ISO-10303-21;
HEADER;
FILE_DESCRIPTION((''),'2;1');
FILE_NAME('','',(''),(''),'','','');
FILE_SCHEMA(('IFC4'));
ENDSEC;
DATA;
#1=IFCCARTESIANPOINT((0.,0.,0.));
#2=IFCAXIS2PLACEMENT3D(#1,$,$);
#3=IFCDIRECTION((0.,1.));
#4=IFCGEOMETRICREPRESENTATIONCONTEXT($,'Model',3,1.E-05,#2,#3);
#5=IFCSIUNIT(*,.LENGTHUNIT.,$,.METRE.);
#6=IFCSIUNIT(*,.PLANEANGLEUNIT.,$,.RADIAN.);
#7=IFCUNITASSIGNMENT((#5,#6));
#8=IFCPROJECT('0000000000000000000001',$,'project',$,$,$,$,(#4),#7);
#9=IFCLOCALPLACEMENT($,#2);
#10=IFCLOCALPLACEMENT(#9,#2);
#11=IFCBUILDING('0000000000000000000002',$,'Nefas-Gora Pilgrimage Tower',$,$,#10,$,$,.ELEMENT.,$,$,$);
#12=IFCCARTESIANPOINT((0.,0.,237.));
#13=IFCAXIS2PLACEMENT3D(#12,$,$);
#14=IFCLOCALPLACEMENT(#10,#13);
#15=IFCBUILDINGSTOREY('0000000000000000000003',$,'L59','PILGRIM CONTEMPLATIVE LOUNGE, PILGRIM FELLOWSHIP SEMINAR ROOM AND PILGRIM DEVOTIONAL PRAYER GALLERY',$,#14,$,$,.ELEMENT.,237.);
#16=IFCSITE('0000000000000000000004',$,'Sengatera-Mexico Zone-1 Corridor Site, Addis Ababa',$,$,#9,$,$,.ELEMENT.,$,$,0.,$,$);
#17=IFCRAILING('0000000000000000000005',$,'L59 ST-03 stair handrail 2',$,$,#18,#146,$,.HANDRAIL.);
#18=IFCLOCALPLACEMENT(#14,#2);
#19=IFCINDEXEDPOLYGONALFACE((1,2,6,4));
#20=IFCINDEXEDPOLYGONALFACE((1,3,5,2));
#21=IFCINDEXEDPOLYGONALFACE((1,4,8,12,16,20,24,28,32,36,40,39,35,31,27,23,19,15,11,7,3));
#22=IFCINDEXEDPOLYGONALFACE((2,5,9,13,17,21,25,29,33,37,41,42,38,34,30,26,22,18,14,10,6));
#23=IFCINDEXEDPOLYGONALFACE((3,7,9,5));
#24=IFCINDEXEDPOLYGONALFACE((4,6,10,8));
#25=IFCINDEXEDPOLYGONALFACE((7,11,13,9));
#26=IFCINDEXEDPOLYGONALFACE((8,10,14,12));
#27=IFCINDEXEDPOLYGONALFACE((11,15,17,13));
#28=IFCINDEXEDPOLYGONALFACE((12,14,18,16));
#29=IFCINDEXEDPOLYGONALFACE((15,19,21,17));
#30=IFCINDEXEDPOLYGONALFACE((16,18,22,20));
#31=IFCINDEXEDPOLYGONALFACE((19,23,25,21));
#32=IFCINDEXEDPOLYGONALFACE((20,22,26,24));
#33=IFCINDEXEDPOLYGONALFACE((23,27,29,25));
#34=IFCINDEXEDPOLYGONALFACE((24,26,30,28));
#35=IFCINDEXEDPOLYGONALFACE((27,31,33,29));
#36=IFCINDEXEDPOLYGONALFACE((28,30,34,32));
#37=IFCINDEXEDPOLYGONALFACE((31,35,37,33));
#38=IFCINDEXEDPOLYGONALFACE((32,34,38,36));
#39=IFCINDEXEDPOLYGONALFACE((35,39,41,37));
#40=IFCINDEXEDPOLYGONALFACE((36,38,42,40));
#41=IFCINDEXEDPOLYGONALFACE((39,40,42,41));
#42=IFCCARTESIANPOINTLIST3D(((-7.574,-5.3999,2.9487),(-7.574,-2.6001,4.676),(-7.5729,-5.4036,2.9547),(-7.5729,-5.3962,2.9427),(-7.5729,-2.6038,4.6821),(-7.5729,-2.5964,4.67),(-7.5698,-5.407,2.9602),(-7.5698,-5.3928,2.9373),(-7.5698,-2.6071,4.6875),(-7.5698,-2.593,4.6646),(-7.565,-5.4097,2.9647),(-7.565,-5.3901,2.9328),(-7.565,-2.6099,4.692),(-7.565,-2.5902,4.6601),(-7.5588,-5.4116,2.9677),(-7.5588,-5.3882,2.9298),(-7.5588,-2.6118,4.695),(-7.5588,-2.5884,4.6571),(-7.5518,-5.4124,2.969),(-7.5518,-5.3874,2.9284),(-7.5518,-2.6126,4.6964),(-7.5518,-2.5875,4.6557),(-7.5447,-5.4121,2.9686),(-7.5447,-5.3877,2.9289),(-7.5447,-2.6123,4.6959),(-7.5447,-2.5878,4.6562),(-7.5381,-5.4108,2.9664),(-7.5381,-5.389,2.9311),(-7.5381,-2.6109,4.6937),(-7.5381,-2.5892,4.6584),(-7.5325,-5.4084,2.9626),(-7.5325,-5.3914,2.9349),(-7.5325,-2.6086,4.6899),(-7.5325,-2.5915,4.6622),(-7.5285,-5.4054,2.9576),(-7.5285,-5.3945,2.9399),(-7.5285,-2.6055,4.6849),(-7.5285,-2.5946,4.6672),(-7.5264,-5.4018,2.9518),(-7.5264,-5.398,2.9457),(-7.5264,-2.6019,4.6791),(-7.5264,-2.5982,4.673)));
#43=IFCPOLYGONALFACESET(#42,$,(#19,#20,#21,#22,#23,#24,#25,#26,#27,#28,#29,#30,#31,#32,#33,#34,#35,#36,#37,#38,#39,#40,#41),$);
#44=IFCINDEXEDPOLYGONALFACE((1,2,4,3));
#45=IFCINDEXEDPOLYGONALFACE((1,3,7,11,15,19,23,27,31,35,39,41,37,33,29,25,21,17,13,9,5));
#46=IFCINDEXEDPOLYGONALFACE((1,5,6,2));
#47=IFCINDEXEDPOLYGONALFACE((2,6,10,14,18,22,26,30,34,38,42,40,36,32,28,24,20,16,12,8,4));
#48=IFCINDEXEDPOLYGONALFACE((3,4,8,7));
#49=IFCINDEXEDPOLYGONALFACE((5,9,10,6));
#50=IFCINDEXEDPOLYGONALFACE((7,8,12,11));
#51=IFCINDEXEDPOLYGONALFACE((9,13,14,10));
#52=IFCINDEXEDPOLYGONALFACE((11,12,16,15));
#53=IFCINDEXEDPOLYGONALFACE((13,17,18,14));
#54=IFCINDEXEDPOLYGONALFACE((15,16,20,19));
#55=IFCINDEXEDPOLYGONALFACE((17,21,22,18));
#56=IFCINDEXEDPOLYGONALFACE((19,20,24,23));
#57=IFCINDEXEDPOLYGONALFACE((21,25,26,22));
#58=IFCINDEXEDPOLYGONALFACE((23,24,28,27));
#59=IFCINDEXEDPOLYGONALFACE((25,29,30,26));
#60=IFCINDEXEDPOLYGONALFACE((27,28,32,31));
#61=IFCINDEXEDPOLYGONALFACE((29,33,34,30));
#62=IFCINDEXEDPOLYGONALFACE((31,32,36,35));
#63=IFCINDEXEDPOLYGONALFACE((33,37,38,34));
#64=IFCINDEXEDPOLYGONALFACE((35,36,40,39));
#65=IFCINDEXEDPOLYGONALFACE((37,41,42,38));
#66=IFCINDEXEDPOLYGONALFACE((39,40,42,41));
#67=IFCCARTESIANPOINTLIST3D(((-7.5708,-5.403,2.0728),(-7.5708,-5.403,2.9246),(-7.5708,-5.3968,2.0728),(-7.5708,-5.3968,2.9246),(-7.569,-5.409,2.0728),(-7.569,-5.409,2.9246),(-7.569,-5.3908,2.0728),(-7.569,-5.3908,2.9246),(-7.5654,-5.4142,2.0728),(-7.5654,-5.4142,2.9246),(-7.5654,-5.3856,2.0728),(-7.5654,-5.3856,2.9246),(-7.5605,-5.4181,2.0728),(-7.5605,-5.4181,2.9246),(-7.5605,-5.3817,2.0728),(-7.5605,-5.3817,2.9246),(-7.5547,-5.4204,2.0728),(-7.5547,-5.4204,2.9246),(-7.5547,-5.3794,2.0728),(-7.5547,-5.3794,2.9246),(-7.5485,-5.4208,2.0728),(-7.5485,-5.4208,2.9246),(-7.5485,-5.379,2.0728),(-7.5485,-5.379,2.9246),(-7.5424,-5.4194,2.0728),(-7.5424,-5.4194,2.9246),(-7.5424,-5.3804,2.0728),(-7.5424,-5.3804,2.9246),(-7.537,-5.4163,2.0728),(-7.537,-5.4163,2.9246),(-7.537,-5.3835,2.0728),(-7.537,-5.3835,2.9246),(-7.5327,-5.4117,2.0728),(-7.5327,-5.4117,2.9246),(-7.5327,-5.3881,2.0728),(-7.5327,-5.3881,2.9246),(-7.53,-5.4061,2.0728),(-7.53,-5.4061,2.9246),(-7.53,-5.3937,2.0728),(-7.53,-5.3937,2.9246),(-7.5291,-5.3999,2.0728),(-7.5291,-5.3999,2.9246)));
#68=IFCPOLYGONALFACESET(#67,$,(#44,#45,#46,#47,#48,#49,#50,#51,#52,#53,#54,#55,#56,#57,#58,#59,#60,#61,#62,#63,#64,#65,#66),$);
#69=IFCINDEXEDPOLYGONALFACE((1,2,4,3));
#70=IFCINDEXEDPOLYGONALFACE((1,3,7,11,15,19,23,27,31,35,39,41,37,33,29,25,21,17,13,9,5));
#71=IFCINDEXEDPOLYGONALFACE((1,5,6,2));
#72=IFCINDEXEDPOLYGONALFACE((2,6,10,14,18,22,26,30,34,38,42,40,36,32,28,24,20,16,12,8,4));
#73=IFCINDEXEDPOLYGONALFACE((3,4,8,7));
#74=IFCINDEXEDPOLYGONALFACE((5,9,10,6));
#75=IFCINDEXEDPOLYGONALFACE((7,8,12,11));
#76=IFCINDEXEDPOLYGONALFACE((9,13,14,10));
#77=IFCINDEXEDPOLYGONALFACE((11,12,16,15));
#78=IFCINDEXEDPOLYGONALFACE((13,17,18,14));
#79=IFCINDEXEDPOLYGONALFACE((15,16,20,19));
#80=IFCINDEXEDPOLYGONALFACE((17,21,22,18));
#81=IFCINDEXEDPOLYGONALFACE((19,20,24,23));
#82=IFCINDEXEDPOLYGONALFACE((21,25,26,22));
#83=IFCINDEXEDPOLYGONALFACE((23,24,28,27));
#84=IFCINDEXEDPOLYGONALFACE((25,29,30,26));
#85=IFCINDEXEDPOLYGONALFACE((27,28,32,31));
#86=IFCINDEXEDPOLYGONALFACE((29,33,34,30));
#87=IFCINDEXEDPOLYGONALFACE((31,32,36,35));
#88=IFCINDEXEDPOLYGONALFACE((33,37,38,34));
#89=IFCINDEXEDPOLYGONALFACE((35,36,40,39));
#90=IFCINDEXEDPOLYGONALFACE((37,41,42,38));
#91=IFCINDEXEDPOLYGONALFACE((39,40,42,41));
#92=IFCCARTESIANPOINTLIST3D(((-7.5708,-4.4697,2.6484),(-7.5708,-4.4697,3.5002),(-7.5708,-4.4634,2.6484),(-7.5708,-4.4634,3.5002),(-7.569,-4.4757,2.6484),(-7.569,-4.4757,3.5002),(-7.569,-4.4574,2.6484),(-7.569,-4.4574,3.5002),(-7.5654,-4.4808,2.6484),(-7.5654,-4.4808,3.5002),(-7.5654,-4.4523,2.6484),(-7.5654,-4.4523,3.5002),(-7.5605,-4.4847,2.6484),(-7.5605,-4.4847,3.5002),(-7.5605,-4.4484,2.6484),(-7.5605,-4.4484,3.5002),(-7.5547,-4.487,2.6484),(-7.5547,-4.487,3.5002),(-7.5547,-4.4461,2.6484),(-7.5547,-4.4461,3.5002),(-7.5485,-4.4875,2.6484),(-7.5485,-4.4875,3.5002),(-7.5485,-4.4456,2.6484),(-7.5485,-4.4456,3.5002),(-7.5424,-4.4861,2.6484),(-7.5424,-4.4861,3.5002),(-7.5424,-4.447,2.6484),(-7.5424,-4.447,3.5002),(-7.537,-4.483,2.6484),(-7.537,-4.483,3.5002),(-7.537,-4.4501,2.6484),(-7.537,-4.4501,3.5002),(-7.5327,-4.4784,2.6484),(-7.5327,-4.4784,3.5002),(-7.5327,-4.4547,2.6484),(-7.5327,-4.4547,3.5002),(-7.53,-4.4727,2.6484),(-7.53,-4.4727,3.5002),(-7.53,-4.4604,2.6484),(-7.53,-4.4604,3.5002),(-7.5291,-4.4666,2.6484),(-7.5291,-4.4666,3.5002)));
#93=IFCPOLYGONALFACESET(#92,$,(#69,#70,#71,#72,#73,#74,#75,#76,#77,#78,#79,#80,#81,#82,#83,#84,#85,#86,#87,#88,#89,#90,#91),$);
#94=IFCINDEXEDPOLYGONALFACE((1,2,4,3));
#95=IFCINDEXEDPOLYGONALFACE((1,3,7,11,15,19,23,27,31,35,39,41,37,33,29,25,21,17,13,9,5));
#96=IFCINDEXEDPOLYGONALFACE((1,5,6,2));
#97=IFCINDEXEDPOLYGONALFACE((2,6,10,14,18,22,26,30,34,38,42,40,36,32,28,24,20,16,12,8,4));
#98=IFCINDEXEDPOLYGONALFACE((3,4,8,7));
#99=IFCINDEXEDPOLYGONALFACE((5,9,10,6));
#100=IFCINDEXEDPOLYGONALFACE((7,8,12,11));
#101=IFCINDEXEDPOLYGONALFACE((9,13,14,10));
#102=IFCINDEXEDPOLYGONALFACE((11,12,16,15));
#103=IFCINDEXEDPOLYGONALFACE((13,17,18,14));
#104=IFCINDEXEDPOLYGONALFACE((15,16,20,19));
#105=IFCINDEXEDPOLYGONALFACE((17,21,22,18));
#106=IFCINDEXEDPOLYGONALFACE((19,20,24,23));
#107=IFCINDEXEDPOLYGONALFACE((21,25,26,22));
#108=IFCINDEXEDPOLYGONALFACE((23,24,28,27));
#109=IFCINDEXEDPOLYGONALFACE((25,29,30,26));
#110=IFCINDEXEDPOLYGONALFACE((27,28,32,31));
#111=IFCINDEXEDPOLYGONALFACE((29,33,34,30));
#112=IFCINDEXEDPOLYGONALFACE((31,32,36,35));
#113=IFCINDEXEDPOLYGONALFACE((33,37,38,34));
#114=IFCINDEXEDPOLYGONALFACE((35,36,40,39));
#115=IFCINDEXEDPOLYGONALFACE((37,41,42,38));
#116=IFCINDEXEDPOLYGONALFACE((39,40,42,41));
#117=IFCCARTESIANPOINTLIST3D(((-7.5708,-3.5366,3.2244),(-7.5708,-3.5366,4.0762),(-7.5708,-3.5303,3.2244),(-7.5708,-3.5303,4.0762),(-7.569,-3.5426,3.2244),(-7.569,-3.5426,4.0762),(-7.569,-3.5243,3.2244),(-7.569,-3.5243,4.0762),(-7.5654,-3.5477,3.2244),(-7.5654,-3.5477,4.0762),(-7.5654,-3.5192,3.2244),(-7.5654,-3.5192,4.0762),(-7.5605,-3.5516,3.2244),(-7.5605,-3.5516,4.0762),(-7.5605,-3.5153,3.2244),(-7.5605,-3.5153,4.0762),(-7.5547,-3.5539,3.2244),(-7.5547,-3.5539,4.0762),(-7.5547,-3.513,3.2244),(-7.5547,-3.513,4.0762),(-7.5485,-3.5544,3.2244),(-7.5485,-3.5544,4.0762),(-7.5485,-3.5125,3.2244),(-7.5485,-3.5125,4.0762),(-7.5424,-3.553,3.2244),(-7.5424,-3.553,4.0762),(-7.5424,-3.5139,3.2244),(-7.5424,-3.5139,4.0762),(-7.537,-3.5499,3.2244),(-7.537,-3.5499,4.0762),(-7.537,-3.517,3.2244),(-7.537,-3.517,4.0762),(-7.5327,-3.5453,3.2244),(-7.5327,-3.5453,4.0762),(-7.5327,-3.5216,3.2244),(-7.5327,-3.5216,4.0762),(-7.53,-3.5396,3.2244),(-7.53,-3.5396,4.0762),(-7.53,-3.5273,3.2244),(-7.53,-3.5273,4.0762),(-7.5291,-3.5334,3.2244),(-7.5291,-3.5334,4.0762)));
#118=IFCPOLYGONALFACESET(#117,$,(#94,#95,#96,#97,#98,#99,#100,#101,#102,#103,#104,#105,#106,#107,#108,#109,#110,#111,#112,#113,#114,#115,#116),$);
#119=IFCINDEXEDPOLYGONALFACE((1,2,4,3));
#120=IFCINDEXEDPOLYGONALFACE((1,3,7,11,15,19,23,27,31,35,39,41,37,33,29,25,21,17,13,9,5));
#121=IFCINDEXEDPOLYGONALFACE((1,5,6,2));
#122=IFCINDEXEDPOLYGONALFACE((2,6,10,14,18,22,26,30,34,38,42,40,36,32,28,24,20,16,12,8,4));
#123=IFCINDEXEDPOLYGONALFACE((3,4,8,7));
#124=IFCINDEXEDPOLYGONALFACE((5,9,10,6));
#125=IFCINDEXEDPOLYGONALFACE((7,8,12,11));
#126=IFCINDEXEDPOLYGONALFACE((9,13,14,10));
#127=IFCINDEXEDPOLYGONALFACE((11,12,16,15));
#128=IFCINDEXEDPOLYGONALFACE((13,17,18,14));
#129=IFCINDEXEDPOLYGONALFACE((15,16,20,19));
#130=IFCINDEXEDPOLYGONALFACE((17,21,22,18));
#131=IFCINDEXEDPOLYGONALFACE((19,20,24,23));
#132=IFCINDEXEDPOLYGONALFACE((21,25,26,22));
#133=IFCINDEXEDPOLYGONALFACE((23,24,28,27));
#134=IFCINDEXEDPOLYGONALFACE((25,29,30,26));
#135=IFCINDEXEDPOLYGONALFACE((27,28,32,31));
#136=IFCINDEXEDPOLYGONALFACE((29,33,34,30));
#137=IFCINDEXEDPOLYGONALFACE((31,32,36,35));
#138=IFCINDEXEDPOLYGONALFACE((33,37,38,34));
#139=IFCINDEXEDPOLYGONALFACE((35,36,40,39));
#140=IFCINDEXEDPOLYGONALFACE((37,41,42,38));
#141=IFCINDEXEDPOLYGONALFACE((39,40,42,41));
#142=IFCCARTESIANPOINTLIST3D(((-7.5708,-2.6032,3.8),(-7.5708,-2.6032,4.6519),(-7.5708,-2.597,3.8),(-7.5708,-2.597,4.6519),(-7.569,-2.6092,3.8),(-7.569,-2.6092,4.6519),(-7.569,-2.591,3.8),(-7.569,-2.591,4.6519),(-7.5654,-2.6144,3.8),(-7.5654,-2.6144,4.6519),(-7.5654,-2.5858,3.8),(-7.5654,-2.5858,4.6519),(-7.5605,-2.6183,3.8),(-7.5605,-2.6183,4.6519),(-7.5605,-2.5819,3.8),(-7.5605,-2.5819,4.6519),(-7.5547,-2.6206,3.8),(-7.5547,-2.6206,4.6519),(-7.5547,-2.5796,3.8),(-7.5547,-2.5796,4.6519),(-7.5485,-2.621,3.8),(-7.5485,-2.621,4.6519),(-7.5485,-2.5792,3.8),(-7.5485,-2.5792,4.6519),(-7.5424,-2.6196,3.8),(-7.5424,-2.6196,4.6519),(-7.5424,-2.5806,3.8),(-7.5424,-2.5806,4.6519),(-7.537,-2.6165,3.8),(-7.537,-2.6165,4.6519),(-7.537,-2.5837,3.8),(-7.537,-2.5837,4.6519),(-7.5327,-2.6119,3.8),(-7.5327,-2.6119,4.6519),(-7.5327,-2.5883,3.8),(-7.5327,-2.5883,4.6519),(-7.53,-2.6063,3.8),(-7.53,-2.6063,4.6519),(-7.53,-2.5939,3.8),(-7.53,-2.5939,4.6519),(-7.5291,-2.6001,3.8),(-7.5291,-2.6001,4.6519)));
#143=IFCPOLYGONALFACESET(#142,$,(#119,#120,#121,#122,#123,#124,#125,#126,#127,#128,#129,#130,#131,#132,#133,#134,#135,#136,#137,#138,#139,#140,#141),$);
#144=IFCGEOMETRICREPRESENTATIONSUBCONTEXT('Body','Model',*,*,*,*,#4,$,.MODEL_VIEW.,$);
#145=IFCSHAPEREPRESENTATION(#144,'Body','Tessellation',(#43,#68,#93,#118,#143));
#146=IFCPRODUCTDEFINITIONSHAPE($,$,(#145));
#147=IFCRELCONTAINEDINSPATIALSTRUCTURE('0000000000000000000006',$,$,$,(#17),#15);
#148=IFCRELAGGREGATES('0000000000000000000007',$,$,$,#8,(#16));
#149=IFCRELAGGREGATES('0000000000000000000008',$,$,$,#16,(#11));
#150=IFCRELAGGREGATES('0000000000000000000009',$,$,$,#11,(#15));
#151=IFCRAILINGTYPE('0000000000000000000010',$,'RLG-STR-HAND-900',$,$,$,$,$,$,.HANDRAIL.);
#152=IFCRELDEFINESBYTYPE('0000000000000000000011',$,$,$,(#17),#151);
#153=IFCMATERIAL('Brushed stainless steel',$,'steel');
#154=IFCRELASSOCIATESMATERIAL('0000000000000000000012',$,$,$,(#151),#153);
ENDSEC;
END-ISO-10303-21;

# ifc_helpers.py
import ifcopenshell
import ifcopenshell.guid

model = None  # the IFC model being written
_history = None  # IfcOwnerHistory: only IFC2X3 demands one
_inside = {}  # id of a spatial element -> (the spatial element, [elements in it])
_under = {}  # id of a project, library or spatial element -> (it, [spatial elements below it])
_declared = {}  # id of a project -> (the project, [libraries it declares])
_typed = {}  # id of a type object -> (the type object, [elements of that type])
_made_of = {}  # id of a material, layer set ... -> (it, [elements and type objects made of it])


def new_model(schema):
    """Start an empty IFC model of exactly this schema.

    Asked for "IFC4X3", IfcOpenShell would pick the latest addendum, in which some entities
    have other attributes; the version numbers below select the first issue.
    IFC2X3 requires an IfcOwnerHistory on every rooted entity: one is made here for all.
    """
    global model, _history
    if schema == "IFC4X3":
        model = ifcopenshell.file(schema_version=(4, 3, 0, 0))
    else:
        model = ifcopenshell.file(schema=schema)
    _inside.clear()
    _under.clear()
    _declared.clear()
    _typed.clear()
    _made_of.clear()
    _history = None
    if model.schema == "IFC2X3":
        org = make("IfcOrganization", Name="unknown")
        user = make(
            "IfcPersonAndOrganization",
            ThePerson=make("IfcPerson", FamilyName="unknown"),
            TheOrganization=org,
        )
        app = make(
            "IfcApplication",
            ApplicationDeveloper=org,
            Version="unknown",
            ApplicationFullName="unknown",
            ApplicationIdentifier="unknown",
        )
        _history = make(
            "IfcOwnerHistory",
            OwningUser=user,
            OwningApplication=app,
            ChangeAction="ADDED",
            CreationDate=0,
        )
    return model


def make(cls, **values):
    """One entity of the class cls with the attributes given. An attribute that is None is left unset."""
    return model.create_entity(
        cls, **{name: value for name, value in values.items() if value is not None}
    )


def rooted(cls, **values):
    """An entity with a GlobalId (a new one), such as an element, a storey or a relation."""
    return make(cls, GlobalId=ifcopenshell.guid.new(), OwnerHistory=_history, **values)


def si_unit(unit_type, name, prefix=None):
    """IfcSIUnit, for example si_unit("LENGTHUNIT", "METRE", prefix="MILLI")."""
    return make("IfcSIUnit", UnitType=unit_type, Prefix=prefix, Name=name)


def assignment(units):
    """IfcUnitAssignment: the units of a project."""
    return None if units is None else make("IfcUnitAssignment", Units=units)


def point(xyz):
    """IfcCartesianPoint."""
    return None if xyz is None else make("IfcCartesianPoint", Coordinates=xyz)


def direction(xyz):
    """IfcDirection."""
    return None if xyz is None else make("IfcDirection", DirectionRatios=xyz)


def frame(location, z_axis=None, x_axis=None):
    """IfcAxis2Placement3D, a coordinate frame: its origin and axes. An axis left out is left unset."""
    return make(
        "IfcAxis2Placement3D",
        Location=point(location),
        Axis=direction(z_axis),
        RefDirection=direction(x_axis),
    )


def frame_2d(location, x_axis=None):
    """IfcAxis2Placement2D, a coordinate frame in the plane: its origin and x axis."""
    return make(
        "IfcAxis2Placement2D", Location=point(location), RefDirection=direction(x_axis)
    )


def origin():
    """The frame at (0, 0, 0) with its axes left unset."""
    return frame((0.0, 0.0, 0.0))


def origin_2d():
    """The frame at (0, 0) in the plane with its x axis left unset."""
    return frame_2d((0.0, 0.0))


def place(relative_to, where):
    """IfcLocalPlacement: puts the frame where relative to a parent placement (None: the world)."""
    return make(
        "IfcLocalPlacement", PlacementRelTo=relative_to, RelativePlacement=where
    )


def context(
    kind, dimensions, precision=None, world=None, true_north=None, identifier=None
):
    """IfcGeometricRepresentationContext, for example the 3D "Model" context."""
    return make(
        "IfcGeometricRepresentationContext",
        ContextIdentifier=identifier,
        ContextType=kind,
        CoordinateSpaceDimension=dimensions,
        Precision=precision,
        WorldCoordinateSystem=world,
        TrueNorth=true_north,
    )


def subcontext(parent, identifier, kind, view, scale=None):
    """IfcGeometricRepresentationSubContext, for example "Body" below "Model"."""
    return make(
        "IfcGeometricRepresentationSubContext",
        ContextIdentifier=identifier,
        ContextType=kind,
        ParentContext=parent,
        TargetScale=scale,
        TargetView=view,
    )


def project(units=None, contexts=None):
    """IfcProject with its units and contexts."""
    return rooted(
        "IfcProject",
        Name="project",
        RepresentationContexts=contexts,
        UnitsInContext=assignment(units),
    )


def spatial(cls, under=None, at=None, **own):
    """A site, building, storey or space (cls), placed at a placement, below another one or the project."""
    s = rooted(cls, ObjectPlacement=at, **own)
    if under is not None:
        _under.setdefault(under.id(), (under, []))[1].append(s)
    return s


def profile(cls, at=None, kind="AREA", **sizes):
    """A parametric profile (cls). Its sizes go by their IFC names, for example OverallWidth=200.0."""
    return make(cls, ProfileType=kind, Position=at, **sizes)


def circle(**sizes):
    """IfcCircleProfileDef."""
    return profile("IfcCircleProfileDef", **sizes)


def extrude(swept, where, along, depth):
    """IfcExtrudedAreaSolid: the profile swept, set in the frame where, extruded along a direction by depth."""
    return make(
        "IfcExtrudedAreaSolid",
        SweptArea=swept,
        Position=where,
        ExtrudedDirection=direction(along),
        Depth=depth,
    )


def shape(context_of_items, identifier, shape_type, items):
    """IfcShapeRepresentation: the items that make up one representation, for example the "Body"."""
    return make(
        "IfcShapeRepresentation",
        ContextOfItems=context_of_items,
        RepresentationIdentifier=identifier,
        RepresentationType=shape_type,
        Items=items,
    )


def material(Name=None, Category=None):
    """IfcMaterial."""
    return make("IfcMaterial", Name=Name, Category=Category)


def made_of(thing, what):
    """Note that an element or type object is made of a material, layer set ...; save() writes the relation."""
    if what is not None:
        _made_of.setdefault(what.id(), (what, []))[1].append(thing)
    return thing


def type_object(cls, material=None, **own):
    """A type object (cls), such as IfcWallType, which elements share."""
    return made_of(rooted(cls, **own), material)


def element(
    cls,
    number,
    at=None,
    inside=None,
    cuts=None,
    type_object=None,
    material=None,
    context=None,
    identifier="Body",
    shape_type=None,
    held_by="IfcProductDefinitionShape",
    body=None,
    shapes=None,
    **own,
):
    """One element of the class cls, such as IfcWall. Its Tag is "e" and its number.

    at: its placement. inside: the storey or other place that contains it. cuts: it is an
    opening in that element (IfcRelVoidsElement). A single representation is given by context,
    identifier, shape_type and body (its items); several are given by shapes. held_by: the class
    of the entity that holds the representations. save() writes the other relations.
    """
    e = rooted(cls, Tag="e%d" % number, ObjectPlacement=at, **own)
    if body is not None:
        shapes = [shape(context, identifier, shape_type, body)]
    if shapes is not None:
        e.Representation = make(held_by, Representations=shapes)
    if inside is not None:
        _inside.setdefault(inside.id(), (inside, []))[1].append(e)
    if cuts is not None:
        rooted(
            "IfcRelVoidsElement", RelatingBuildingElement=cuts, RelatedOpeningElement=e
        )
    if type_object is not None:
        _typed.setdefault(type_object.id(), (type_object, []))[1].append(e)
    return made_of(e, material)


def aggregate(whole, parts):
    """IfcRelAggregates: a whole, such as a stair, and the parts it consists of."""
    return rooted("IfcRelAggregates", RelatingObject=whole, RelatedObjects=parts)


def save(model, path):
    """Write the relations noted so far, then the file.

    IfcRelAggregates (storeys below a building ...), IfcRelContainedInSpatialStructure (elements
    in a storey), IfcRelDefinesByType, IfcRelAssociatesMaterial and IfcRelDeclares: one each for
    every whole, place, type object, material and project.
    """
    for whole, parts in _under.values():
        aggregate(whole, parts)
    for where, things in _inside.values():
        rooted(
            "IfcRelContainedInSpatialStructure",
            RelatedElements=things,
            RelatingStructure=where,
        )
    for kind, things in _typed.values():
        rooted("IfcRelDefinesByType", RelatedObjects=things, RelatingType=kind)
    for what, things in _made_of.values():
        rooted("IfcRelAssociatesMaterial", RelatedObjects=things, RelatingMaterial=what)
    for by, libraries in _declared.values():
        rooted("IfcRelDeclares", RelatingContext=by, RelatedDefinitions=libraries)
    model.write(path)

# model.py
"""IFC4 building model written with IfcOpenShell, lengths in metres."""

from ifc_helpers import new_model, si_unit, direction, frame, origin, origin_2d, place, context, subcontext, project, spatial, circle, extrude, material, type_object, element, save


model = new_model("IFC4")

# Units and contexts
model_context = context("Model", 3, precision=1e-05, world=origin(), true_north=direction((0.0, 1.0)))
body_context = subcontext(model_context, "Body", "Model", "MODEL_VIEW")
ifc_project = project(units=[si_unit("LENGTHUNIT", "METRE"), si_unit("PLANEANGLEUNIT", "RADIAN")], contexts=[model_context])

# Site, building, storey
site_placement = place(None, origin())
site = spatial("IfcSite", under=ifc_project, at=site_placement, Name="Sengatera-Mexico Zone-1 Corridor Site, Addis Ababa", CompositionType="ELEMENT", RefElevation=0.0)
building_placement = place(site_placement, origin())
building = spatial("IfcBuilding", under=site, at=building_placement, Name="Nefas-Gora Pilgrimage Tower", CompositionType="ELEMENT")
storey_placement = place(building_placement, frame((0.0, 0.0, 237.0)))
storey = spatial("IfcBuildingStorey", under=building, at=storey_placement, Name="L59", Description="PILGRIM CONTEMPLATIVE LOUNGE, PILGRIM FELLOWSHIP SEMINAR ROOM AND PILGRIM DEVOTIONAL PRAYER GALLERY", CompositionType="ELEMENT", Elevation=237.0)

# Railing
ifc_material_1 = material(Name="Brushed stainless steel", Category="steel")
railing_type_1 = type_object("IfcRailingType", Name="RLG-STR-HAND-900", PredefinedType="HANDRAIL", material=ifc_material_1)
railing_1_placement = place(storey_placement, frame((-7.55, -5.3999, 2.0728)))
element("IfcRailing", 1, at=railing_1_placement, inside=storey, type_object=railing_type_1, Name="L59 ST-03 stair handrail 2", PredefinedType="HANDRAIL", context=body_context, shape_type="SweptSolid", body=[
    extrude(circle(Radius=0.0239, at=origin_2d()), frame((0.0, 0.0, 0.876), z_axis=(0.0, 0.851069, 0.525054), x_axis=(-1.0, 0.0, 0.0)), (0.0, 0.0, 1.0), 3.2898),
    extrude(circle(Radius=0.021, at=origin_2d()), origin(), (0.0, 0.0, 1.0), 0.8518),
    extrude(circle(Radius=0.021, at=origin_2d()), frame((0.0, 0.9333, 0.5757)), (0.0, 0.0, 1.0), 0.8518),
    extrude(circle(Radius=0.021, at=origin_2d()), frame((0.0, 1.8665, 1.1516)), (0.0, 0.0, 1.0), 0.8518),
    extrude(circle(Radius=0.021, at=origin_2d()), frame((0.0, 2.7998, 1.7273)), (0.0, 0.0, 1.0), 0.8518),
])

save(model, "model.ifc")
